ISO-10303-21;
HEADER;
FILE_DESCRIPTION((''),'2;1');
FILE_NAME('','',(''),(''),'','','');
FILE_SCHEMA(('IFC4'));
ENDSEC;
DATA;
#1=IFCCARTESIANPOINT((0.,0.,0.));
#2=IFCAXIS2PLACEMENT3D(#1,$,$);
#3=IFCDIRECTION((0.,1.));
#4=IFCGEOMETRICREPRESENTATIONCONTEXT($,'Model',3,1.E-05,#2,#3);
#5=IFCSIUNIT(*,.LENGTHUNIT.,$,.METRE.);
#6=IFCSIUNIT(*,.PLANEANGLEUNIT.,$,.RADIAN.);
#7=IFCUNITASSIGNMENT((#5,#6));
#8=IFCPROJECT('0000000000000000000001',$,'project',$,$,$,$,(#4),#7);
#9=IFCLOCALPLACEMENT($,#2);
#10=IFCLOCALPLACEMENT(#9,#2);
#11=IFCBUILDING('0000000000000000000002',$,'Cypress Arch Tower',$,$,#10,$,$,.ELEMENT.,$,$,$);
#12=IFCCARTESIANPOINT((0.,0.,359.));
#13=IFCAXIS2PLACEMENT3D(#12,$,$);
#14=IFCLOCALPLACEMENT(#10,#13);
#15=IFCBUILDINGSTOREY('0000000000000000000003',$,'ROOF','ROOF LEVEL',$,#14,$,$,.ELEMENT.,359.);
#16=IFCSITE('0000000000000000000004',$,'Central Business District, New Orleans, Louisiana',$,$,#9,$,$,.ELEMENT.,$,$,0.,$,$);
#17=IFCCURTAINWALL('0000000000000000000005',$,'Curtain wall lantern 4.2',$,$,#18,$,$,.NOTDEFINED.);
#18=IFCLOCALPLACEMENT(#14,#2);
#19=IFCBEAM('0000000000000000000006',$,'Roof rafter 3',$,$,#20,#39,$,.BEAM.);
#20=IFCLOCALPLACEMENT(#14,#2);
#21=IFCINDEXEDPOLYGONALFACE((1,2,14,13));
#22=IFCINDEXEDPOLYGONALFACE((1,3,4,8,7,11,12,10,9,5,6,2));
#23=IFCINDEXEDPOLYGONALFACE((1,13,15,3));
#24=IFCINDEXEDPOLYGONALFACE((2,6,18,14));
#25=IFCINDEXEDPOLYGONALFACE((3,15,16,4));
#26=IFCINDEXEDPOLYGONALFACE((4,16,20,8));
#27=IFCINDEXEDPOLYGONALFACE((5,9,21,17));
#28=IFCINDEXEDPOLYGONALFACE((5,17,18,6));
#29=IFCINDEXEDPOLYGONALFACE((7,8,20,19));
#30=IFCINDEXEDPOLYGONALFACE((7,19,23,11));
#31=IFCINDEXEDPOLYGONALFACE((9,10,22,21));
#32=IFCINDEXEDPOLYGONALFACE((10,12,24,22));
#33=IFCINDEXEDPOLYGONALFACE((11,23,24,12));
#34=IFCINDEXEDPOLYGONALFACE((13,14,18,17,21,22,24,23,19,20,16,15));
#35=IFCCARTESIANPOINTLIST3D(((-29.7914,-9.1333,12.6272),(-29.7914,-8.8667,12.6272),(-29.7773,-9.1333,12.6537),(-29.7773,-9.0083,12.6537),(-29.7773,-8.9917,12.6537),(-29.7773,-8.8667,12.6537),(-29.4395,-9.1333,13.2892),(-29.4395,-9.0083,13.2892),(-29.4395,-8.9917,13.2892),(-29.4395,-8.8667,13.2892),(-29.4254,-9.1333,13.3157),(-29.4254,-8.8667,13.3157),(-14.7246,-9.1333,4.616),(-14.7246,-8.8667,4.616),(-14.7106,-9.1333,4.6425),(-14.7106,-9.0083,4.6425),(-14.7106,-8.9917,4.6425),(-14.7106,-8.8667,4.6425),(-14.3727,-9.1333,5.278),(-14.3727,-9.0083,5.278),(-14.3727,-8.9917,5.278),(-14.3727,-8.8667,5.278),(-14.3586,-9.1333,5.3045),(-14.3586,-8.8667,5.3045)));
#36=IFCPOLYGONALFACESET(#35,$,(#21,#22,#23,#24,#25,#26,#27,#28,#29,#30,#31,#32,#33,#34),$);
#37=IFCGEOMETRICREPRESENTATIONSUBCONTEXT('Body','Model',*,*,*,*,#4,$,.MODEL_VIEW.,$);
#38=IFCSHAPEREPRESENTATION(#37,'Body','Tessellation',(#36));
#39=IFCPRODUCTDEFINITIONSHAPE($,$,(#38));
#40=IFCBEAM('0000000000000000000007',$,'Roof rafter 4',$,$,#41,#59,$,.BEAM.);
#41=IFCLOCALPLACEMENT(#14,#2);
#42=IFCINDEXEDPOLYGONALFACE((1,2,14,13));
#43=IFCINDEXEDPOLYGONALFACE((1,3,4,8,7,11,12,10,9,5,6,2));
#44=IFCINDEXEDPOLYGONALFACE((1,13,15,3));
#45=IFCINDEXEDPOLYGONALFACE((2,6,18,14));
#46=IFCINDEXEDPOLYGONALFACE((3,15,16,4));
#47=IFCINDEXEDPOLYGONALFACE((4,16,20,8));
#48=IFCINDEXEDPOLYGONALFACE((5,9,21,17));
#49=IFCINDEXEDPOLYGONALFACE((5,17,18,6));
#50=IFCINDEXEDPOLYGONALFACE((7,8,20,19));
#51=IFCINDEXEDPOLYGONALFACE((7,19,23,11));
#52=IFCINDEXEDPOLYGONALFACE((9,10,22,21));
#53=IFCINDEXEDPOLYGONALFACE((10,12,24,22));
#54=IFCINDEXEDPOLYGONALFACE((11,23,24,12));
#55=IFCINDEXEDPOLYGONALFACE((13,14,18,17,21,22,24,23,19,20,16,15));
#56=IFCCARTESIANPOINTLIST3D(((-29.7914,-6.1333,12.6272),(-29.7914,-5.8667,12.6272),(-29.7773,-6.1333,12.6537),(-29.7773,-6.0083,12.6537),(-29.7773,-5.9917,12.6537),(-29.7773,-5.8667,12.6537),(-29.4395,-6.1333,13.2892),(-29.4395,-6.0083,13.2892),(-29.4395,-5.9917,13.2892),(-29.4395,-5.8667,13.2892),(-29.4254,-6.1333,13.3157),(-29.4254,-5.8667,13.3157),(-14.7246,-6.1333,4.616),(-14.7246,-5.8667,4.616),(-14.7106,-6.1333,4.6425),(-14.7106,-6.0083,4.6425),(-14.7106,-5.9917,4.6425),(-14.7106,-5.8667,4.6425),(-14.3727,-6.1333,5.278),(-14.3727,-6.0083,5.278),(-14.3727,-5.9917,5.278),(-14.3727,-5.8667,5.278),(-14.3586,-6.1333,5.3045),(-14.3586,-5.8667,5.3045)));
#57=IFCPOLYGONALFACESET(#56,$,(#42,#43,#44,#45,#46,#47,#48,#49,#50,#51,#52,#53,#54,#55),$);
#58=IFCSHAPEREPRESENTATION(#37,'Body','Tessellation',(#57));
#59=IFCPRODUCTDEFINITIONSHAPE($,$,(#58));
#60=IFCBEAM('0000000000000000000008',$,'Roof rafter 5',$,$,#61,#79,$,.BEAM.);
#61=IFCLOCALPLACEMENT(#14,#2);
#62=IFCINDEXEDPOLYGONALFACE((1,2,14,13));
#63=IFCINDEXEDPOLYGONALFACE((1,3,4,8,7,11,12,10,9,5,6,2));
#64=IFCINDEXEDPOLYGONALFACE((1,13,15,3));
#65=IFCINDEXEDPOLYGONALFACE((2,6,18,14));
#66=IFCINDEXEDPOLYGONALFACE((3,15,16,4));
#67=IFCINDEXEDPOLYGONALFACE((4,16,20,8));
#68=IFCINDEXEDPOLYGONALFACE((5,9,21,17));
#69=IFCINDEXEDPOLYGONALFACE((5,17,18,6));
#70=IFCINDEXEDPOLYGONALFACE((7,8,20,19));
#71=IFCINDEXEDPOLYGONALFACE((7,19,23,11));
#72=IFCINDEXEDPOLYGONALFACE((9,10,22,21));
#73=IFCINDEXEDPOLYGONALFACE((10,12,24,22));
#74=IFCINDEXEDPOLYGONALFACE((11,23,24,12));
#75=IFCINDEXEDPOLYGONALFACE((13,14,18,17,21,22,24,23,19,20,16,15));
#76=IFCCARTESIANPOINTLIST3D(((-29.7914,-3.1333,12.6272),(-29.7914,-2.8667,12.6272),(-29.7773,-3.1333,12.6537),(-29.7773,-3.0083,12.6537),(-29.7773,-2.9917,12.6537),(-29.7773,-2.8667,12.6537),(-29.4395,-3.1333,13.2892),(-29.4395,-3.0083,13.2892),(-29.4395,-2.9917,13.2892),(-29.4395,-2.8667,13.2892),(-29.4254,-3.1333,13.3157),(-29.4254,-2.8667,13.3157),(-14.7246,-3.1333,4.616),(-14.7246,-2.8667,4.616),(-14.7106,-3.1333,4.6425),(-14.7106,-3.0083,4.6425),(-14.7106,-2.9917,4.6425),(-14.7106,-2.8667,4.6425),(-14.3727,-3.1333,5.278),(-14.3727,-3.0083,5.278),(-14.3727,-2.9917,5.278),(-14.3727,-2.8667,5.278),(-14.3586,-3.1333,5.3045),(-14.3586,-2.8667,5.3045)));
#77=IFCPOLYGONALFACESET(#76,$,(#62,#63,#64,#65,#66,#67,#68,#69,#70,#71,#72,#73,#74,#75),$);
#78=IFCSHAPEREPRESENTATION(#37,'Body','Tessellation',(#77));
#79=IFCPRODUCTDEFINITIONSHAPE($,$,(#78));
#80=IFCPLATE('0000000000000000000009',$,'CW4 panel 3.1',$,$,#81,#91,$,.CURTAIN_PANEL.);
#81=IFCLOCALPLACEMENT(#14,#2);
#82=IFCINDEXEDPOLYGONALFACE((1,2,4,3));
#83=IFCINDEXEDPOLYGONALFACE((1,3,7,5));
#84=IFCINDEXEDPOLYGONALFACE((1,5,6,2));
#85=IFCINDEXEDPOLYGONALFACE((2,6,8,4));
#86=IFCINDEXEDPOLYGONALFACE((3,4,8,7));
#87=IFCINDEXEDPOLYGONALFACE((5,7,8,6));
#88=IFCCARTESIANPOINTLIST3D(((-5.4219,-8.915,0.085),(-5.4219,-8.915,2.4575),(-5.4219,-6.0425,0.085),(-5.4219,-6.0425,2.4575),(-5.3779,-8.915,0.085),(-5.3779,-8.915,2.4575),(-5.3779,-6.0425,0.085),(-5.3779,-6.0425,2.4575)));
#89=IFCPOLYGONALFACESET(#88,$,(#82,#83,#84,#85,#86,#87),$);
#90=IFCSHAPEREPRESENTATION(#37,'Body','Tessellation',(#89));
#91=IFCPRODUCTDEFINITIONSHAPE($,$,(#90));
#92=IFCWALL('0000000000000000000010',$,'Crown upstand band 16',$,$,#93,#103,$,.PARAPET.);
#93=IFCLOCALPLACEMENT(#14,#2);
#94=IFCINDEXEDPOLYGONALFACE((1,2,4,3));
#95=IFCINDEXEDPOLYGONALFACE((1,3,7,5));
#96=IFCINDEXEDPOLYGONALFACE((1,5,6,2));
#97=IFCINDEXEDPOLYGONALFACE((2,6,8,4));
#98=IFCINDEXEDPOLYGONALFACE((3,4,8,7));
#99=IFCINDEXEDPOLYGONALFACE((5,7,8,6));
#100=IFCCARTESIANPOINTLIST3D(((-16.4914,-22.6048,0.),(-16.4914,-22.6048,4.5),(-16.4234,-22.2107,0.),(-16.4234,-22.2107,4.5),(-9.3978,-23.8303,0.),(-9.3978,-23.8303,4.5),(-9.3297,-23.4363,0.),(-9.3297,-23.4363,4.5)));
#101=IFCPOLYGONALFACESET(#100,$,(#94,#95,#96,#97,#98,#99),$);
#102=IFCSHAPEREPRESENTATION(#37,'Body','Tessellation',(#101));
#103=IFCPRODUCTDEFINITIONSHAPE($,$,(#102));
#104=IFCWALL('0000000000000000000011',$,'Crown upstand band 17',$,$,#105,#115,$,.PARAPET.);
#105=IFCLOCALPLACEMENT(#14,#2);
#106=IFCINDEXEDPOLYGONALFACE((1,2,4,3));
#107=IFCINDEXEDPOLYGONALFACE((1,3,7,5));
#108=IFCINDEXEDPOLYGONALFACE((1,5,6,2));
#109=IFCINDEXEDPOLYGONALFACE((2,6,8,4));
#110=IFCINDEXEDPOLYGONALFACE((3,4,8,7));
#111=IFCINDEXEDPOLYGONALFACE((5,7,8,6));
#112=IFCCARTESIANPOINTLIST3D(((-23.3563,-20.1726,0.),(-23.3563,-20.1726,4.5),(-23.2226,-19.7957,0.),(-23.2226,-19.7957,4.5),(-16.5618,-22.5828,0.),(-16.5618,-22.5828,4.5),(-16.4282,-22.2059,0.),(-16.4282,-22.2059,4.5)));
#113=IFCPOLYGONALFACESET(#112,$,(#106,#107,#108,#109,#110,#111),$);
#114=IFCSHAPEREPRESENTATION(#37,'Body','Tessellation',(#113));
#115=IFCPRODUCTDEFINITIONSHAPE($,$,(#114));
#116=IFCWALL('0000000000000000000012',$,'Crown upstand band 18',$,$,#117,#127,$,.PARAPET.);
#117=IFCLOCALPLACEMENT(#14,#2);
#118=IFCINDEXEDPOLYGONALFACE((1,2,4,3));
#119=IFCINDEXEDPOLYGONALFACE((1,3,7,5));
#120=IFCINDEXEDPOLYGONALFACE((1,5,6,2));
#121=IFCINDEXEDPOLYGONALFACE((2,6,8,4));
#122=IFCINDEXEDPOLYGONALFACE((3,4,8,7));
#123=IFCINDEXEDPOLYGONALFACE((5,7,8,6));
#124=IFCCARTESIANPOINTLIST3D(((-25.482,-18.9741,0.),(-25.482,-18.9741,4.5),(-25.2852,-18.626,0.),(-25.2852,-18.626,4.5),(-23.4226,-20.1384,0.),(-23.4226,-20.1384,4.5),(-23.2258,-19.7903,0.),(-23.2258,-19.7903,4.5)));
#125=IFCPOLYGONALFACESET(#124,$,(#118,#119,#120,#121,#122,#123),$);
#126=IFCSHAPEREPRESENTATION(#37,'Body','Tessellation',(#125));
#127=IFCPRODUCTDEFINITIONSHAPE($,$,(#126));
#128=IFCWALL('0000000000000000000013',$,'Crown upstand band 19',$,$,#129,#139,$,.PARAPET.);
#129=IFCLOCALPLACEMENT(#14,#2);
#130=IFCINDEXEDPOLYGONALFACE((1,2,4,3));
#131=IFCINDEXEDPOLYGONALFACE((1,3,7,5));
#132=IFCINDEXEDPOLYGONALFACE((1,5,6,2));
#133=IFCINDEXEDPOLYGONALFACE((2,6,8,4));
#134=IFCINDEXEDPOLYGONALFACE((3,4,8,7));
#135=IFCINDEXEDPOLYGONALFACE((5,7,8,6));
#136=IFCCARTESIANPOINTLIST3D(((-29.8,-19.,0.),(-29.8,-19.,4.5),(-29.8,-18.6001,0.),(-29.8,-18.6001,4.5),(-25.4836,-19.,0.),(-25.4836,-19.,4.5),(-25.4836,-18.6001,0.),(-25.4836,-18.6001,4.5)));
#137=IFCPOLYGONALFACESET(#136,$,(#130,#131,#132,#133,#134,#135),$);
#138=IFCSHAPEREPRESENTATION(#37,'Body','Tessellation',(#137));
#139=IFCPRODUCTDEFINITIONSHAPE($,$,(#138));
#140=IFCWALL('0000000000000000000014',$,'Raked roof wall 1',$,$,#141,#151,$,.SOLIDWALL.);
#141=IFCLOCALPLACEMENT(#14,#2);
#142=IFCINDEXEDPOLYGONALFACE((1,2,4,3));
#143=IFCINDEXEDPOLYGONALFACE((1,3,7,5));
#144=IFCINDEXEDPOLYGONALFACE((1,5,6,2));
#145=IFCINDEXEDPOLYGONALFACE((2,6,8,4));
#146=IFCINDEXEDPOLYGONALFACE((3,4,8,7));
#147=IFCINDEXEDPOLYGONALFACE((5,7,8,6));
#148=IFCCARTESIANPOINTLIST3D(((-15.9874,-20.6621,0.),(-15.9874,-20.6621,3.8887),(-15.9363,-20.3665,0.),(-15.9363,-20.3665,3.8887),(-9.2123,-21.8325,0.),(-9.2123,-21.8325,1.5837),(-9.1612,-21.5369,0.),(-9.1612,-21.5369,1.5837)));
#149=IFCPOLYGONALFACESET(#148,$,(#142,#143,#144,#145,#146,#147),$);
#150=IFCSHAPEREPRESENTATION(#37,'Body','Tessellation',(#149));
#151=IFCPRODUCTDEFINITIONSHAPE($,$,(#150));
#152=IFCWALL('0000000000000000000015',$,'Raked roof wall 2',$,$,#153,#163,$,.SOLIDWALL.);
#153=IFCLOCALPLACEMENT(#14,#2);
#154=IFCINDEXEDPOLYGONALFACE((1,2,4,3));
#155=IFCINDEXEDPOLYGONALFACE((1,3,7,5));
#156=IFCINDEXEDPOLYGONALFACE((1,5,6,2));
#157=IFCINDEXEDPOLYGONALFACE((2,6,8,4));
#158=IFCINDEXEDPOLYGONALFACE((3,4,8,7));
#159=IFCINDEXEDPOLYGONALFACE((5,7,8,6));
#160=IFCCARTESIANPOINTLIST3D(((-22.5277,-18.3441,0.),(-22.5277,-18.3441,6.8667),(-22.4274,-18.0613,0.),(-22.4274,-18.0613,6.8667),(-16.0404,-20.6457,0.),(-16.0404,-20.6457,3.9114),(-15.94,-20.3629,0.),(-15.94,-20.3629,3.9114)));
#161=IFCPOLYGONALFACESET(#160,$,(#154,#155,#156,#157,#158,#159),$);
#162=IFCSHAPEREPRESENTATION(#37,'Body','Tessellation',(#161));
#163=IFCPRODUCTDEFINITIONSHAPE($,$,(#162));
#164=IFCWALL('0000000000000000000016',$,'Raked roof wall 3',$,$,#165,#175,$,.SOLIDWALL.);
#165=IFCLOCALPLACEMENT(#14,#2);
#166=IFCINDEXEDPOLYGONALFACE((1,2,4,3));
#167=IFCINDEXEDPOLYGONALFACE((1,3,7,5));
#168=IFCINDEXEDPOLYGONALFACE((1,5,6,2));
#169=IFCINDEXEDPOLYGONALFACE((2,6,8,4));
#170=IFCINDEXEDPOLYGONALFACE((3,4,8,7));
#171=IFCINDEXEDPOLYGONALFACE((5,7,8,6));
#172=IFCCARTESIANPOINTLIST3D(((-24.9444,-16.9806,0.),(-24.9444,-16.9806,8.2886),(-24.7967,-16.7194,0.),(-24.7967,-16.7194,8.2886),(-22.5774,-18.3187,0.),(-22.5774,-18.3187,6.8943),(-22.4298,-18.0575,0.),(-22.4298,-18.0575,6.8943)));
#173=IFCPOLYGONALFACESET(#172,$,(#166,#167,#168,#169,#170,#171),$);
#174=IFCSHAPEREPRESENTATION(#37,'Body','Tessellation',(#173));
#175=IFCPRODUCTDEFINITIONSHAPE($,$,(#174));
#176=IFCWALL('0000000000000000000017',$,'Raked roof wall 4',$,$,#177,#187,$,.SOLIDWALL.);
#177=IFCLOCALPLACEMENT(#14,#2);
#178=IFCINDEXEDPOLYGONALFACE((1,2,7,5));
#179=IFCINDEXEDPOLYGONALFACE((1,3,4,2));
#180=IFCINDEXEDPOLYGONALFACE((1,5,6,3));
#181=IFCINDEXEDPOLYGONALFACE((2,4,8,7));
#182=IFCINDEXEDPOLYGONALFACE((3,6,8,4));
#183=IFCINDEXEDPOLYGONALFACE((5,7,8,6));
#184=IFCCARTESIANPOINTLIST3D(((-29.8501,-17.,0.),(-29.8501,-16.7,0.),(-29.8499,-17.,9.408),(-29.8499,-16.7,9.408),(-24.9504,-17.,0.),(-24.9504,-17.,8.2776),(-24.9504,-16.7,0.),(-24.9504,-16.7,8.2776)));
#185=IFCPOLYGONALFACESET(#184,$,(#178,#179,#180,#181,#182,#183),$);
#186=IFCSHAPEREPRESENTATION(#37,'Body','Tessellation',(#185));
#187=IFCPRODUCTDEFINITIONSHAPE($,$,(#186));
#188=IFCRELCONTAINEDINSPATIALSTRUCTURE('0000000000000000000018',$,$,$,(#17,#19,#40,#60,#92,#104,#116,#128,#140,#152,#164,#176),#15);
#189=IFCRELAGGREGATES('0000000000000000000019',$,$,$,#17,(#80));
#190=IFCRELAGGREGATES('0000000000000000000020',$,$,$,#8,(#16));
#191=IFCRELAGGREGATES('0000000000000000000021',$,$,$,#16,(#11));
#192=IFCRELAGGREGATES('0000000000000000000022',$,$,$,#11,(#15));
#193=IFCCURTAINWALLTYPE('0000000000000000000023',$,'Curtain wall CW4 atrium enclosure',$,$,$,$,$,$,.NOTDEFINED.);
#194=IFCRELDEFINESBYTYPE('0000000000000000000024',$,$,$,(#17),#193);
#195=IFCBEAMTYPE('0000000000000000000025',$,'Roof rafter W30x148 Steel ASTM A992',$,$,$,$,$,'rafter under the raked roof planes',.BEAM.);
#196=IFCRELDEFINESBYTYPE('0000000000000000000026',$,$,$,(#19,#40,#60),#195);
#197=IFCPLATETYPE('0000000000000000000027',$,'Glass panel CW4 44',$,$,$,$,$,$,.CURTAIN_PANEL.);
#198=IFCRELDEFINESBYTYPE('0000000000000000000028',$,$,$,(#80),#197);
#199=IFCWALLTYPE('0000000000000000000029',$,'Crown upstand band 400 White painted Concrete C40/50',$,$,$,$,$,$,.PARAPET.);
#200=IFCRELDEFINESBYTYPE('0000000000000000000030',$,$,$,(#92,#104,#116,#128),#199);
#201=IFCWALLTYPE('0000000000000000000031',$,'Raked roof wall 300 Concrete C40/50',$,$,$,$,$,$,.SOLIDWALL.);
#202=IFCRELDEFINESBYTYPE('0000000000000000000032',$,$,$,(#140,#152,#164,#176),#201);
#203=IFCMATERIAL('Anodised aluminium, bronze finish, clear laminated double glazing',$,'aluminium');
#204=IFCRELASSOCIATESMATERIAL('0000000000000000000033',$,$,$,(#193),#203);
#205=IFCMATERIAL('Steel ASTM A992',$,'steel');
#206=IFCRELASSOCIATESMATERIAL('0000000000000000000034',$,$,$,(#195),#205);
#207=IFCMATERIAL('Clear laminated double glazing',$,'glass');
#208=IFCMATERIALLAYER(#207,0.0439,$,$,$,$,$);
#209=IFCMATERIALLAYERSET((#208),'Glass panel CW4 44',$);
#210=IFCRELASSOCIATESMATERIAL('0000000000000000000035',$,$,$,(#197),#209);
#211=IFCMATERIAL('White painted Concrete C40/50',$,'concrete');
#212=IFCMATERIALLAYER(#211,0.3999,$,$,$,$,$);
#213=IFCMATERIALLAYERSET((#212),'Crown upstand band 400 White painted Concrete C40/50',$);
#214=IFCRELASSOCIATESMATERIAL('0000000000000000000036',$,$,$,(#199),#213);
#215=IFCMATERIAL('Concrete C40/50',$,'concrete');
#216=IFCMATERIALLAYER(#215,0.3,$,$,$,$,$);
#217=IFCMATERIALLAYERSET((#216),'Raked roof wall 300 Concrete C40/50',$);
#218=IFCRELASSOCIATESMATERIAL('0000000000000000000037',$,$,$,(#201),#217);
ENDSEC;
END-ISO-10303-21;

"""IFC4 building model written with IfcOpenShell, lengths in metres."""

from ifc_helpers import new_model, si_unit, direction, frame, frame_2d, origin, origin_2d, place, context, subcontext, project, spatial, polyline, rectangle, i_section, outline, extrude, material, layer, layer_set, material_profile, profile_set, type_object, element, aggregate, save


model = new_model("IFC4")

# Units and contexts
model_context = context("Model", 3, precision=1e-05, world=origin(), true_north=direction((0.0, 1.0)))
body_context = subcontext(model_context, "Body", "Model", "MODEL_VIEW")
ifc_project = project(units=[si_unit("LENGTHUNIT", "METRE"), si_unit("PLANEANGLEUNIT", "RADIAN")], contexts=[model_context])

# Site, building, storey
site_placement = place(None, origin())
site = spatial("IfcSite", under=ifc_project, at=site_placement, Name="Central Business District, New Orleans, Louisiana", CompositionType="ELEMENT", RefElevation=0.0)
building_placement = place(site_placement, origin())
building = spatial("IfcBuilding", under=site, at=building_placement, Name="Cypress Arch Tower", CompositionType="ELEMENT")
storey_placement = place(building_placement, frame((0.0, 0.0, 359.0)))
storey = spatial("IfcBuildingStorey", under=building, at=storey_placement, Name="ROOF", Description="ROOF LEVEL", CompositionType="ELEMENT", Elevation=359.0)

# Curtain wall
ifc_material_1 = material(Name="Anodised aluminium, bronze finish, clear laminated double glazing", Category="aluminium")
curtain_wall_type = type_object("IfcCurtainWallType", Name="Curtain wall CW4 atrium enclosure", PredefinedType="NOTDEFINED", material=ifc_material_1)
curtain_wall_placement = place(storey_placement, origin())
curtain_wall = element("IfcCurtainWall", 1, at=curtain_wall_placement, inside=storey, type_object=curtain_wall_type, Name="Curtain wall lantern 4.2", PredefinedType="NOTDEFINED")

# Beams
ifc_material_2 = material(Name="Steel ASTM A992", Category="steel")
ifc_material_profile_1 = material_profile(ifc_material_2, i_section(OverallWidth=0.2666, OverallDepth=0.7798, WebThickness=0.0166, FlangeThickness=0.03, at=origin_2d()), Name="W30x148")
ifc_profile_set_1 = profile_set([ifc_material_profile_1], Name="Steel ASTM A992")
beam_type_1 = type_object("IfcBeamType", Name="Roof rafter W30x148 Steel ASTM A992", ElementType="rafter under the raked roof planes", PredefinedType="BEAM", material=ifc_profile_set_1)
for number, where, z_axis, x_axis, name in (
    (2, (-29.6084, -9.0, 12.9714), (0.882947, 0.0, -0.469473), (0.0, 1.0, 0.0), "Roof rafter 3"),
    (3, (-29.6084, -6.0, 12.9714), (0.882947, 0.0, -0.469473), (0.0, 1.0, 0.0), "Roof rafter 4"),
    (4, (-29.6084, -3.0, 12.9714), (0.882947, 0.0, -0.469473), (0.0, 1.0, 0.0), "Roof rafter 5"),
):
    element("IfcBeam", number, at=place(storey_placement, frame(where, z_axis=z_axis, x_axis=x_axis)), inside=storey, type_object=beam_type_1, Name=name, PredefinedType="BEAM", context=body_context, shape_type="SweptSolid", body=[
        extrude(i_section(OverallWidth=0.2666, OverallDepth=0.7798, WebThickness=0.0166, FlangeThickness=0.03, at=origin_2d()), origin(), (0.0, 0.0, 1.0), 17.0642),
    ])

# Plate
ifc_material_3 = material(Name="Clear laminated double glazing", Category="glass")
ifc_layer_1 = layer(ifc_material_3, 0.0439)
ifc_layer_set_1 = layer_set([ifc_layer_1], Name="Glass panel CW4 44")
plate_type = type_object("IfcPlateType", Name="Glass panel CW4 44", PredefinedType="CURTAIN_PANEL", material=ifc_layer_set_1)
plate_placement = place(storey_placement, frame((-5.3999, -7.4788, 0.085), z_axis=(0.0, 0.0, 1.0), x_axis=(0.0, -1.0, 0.0)))
plate = element("IfcPlate", 5, at=plate_placement, type_object=plate_type, Name="CW4 panel 3.1", PredefinedType="CURTAIN_PANEL", context=body_context, shape_type="SweptSolid", body=[
    extrude(rectangle(XDim=2.8726, YDim=0.0439, at=origin_2d()), origin(), (0.0, 0.0, 1.0), 2.3726),
])
aggregate(curtain_wall, [plate])

# Walls
ifc_material_4 = material(Name="White painted Concrete C40/50", Category="concrete")
ifc_layer_2 = layer(ifc_material_4, 0.3999)
ifc_layer_set_2 = layer_set([ifc_layer_2], Name="Crown upstand band 400 White painted Concrete C40/50")
wall_type_1 = type_object("IfcWallType", Name="Crown upstand band 400 White painted Concrete C40/50", PredefinedType="PARAPET", material=ifc_layer_set_2)
wall_1_placement = place(storey_placement, frame((-9.3638, -23.6333, 0.0), z_axis=(0.0, 0.0, 1.0), x_axis=(-0.985401, 0.170248, 0.0)))
element("IfcWall", 6, at=wall_1_placement, inside=storey, type_object=wall_type_1, Name="Crown upstand band 16", PredefinedType="PARAPET", context=body_context, shape_type="SweptSolid", body=[
    extrude(rectangle(XDim=7.1987, YDim=0.3999, at=frame_2d((3.5994, 0.0))), origin(), (0.0, 0.0, 1.0), 4.5),
])
wall_2_placement = place(storey_placement, frame((-16.4951, -22.3943, 0.0), z_axis=(0.0, 0.0, 1.0), x_axis=(-0.942461, 0.334315, 0.0)))
element("IfcWall", 7, at=wall_2_placement, inside=storey, type_object=wall_type_1, Name="Crown upstand band 17", PredefinedType="PARAPET", context=body_context, shape_type="SweptSolid", body=[
    extrude(rectangle(XDim=7.2092, YDim=0.3999, at=frame_2d((3.6045, 0.0))), origin(), (0.0, 0.0, 1.0), 4.5),
])
wall_3_placement = place(storey_placement, frame((-23.3242, -19.9644, 0.0), z_axis=(0.0, 0.0, 1.0), x_axis=(-0.870501, 0.492166, 0.0)))
element("IfcWall", 8, at=wall_3_placement, inside=storey, type_object=wall_type_1, Name="Crown upstand band 18", PredefinedType="PARAPET", context=body_context, shape_type="SweptSolid", body=[
    extrude(rectangle(XDim=2.3657, YDim=0.3999, at=frame_2d((1.1829, 0.0))), origin(), (0.0, 0.0, 1.0), 4.5),
])
wall_4_placement = place(storey_placement, frame((-25.4836, -18.8, 0.0), z_axis=(0.0, 0.0, 1.0), x_axis=(-1.0, 0.0, 0.0)))
element("IfcWall", 9, at=wall_4_placement, inside=storey, type_object=wall_type_1, Name="Crown upstand band 19", PredefinedType="PARAPET", context=body_context, shape_type="SweptSolid", body=[
    extrude(rectangle(XDim=4.3164, YDim=0.3999, at=frame_2d((2.1582, 0.0))), origin(), (0.0, 0.0, 1.0), 4.5),
])
ifc_material_5 = material(Name="Concrete C40/50", Category="concrete")
ifc_layer_3 = layer(ifc_material_5, 0.3)
ifc_layer_set_3 = layer_set([ifc_layer_3], Name="Raked roof wall 300 Concrete C40/50")
wall_type_2 = type_object("IfcWallType", Name="Raked roof wall 300 Concrete C40/50", PredefinedType="SOLIDWALL", material=ifc_layer_set_3)
wall_5_placement = place(storey_placement, frame((-9.1868, -21.6848, 0.0), z_axis=(0.0, 0.0, 1.0), x_axis=(-0.985405, 0.170229, 0.0)))
element("IfcWall", 10, at=wall_5_placement, inside=storey, type_object=wall_type_2, Name="Raked roof wall 1", PredefinedType="SOLIDWALL", context=body_context, shape_type="SweptSolid", body=[
    extrude(outline(polyline([(0.0, 0.0), (6.8755, 0.0), (6.8755, 3.8887), (0.0, 1.5837), (0.0, 0.0)])), frame((0.0, 0.1499, 0.0), z_axis=(0.0, -1.0, 0.0), x_axis=(1.0, 0.0, 0.0)), (0.0, 0.0, 1.0), 0.3),
])
wall_6_placement = place(storey_placement, frame((-15.9902, -20.5044, 0.0), z_axis=(0.0, 0.0, 1.0), x_axis=(-0.942448, 0.334354, 0.0)))
element("IfcWall", 11, at=wall_6_placement, inside=storey, type_object=wall_type_2, Name="Raked roof wall 2", PredefinedType="SOLIDWALL", context=body_context, shape_type="SweptSolid", body=[
    extrude(outline(polyline([(0.0, 0.0), (6.8835, 0.0), (6.8835, 6.8667), (0.0, 3.9114), (0.0, 0.0)])), frame((0.0, 0.1499, 0.0), z_axis=(0.0, -1.0, 0.0), x_axis=(1.0, 0.0, 0.0)), (0.0, 0.0, 1.0), 0.3),
])
wall_7_placement = place(storey_placement, frame((-22.5037, -18.1882, 0.0), z_axis=(0.0, 0.0, 1.0), x_axis=(-0.870516, 0.49214, 0.0)))
element("IfcWall", 12, at=wall_7_placement, inside=storey, type_object=wall_type_2, Name="Raked roof wall 3", PredefinedType="SOLIDWALL", context=body_context, shape_type="SweptSolid", body=[
    extrude(outline(polyline([(0.0, 0.0), (2.719, 0.0), (2.719, 8.2886), (0.0, 6.8943), (0.0, 0.0)])), frame((0.0, 0.1499, 0.0), z_axis=(0.0, -1.0, 0.0), x_axis=(1.0, 0.0, 0.0)), (0.0, 0.0, 1.0), 0.3),
])
wall_8_placement = place(storey_placement, frame((-24.9504, -16.8501, 0.0), z_axis=(0.0, 0.0, 1.0), x_axis=(-1.0, 0.0, 0.0)))
element("IfcWall", 13, at=wall_8_placement, inside=storey, type_object=wall_type_2, Name="Raked roof wall 4", PredefinedType="SOLIDWALL", context=body_context, shape_type="SweptSolid", body=[
    extrude(outline(polyline([(0.0, 0.0), (4.8997, 0.0), (4.8994, 9.408), (0.0, 8.2776), (0.0, 0.0)])), frame((0.0, 0.1499, 0.0), z_axis=(0.0, -1.0, 0.0), x_axis=(1.0, 0.0, 0.0)), (0.0, 0.0, 1.0), 0.3),
])

save(model, "model.ifc")
